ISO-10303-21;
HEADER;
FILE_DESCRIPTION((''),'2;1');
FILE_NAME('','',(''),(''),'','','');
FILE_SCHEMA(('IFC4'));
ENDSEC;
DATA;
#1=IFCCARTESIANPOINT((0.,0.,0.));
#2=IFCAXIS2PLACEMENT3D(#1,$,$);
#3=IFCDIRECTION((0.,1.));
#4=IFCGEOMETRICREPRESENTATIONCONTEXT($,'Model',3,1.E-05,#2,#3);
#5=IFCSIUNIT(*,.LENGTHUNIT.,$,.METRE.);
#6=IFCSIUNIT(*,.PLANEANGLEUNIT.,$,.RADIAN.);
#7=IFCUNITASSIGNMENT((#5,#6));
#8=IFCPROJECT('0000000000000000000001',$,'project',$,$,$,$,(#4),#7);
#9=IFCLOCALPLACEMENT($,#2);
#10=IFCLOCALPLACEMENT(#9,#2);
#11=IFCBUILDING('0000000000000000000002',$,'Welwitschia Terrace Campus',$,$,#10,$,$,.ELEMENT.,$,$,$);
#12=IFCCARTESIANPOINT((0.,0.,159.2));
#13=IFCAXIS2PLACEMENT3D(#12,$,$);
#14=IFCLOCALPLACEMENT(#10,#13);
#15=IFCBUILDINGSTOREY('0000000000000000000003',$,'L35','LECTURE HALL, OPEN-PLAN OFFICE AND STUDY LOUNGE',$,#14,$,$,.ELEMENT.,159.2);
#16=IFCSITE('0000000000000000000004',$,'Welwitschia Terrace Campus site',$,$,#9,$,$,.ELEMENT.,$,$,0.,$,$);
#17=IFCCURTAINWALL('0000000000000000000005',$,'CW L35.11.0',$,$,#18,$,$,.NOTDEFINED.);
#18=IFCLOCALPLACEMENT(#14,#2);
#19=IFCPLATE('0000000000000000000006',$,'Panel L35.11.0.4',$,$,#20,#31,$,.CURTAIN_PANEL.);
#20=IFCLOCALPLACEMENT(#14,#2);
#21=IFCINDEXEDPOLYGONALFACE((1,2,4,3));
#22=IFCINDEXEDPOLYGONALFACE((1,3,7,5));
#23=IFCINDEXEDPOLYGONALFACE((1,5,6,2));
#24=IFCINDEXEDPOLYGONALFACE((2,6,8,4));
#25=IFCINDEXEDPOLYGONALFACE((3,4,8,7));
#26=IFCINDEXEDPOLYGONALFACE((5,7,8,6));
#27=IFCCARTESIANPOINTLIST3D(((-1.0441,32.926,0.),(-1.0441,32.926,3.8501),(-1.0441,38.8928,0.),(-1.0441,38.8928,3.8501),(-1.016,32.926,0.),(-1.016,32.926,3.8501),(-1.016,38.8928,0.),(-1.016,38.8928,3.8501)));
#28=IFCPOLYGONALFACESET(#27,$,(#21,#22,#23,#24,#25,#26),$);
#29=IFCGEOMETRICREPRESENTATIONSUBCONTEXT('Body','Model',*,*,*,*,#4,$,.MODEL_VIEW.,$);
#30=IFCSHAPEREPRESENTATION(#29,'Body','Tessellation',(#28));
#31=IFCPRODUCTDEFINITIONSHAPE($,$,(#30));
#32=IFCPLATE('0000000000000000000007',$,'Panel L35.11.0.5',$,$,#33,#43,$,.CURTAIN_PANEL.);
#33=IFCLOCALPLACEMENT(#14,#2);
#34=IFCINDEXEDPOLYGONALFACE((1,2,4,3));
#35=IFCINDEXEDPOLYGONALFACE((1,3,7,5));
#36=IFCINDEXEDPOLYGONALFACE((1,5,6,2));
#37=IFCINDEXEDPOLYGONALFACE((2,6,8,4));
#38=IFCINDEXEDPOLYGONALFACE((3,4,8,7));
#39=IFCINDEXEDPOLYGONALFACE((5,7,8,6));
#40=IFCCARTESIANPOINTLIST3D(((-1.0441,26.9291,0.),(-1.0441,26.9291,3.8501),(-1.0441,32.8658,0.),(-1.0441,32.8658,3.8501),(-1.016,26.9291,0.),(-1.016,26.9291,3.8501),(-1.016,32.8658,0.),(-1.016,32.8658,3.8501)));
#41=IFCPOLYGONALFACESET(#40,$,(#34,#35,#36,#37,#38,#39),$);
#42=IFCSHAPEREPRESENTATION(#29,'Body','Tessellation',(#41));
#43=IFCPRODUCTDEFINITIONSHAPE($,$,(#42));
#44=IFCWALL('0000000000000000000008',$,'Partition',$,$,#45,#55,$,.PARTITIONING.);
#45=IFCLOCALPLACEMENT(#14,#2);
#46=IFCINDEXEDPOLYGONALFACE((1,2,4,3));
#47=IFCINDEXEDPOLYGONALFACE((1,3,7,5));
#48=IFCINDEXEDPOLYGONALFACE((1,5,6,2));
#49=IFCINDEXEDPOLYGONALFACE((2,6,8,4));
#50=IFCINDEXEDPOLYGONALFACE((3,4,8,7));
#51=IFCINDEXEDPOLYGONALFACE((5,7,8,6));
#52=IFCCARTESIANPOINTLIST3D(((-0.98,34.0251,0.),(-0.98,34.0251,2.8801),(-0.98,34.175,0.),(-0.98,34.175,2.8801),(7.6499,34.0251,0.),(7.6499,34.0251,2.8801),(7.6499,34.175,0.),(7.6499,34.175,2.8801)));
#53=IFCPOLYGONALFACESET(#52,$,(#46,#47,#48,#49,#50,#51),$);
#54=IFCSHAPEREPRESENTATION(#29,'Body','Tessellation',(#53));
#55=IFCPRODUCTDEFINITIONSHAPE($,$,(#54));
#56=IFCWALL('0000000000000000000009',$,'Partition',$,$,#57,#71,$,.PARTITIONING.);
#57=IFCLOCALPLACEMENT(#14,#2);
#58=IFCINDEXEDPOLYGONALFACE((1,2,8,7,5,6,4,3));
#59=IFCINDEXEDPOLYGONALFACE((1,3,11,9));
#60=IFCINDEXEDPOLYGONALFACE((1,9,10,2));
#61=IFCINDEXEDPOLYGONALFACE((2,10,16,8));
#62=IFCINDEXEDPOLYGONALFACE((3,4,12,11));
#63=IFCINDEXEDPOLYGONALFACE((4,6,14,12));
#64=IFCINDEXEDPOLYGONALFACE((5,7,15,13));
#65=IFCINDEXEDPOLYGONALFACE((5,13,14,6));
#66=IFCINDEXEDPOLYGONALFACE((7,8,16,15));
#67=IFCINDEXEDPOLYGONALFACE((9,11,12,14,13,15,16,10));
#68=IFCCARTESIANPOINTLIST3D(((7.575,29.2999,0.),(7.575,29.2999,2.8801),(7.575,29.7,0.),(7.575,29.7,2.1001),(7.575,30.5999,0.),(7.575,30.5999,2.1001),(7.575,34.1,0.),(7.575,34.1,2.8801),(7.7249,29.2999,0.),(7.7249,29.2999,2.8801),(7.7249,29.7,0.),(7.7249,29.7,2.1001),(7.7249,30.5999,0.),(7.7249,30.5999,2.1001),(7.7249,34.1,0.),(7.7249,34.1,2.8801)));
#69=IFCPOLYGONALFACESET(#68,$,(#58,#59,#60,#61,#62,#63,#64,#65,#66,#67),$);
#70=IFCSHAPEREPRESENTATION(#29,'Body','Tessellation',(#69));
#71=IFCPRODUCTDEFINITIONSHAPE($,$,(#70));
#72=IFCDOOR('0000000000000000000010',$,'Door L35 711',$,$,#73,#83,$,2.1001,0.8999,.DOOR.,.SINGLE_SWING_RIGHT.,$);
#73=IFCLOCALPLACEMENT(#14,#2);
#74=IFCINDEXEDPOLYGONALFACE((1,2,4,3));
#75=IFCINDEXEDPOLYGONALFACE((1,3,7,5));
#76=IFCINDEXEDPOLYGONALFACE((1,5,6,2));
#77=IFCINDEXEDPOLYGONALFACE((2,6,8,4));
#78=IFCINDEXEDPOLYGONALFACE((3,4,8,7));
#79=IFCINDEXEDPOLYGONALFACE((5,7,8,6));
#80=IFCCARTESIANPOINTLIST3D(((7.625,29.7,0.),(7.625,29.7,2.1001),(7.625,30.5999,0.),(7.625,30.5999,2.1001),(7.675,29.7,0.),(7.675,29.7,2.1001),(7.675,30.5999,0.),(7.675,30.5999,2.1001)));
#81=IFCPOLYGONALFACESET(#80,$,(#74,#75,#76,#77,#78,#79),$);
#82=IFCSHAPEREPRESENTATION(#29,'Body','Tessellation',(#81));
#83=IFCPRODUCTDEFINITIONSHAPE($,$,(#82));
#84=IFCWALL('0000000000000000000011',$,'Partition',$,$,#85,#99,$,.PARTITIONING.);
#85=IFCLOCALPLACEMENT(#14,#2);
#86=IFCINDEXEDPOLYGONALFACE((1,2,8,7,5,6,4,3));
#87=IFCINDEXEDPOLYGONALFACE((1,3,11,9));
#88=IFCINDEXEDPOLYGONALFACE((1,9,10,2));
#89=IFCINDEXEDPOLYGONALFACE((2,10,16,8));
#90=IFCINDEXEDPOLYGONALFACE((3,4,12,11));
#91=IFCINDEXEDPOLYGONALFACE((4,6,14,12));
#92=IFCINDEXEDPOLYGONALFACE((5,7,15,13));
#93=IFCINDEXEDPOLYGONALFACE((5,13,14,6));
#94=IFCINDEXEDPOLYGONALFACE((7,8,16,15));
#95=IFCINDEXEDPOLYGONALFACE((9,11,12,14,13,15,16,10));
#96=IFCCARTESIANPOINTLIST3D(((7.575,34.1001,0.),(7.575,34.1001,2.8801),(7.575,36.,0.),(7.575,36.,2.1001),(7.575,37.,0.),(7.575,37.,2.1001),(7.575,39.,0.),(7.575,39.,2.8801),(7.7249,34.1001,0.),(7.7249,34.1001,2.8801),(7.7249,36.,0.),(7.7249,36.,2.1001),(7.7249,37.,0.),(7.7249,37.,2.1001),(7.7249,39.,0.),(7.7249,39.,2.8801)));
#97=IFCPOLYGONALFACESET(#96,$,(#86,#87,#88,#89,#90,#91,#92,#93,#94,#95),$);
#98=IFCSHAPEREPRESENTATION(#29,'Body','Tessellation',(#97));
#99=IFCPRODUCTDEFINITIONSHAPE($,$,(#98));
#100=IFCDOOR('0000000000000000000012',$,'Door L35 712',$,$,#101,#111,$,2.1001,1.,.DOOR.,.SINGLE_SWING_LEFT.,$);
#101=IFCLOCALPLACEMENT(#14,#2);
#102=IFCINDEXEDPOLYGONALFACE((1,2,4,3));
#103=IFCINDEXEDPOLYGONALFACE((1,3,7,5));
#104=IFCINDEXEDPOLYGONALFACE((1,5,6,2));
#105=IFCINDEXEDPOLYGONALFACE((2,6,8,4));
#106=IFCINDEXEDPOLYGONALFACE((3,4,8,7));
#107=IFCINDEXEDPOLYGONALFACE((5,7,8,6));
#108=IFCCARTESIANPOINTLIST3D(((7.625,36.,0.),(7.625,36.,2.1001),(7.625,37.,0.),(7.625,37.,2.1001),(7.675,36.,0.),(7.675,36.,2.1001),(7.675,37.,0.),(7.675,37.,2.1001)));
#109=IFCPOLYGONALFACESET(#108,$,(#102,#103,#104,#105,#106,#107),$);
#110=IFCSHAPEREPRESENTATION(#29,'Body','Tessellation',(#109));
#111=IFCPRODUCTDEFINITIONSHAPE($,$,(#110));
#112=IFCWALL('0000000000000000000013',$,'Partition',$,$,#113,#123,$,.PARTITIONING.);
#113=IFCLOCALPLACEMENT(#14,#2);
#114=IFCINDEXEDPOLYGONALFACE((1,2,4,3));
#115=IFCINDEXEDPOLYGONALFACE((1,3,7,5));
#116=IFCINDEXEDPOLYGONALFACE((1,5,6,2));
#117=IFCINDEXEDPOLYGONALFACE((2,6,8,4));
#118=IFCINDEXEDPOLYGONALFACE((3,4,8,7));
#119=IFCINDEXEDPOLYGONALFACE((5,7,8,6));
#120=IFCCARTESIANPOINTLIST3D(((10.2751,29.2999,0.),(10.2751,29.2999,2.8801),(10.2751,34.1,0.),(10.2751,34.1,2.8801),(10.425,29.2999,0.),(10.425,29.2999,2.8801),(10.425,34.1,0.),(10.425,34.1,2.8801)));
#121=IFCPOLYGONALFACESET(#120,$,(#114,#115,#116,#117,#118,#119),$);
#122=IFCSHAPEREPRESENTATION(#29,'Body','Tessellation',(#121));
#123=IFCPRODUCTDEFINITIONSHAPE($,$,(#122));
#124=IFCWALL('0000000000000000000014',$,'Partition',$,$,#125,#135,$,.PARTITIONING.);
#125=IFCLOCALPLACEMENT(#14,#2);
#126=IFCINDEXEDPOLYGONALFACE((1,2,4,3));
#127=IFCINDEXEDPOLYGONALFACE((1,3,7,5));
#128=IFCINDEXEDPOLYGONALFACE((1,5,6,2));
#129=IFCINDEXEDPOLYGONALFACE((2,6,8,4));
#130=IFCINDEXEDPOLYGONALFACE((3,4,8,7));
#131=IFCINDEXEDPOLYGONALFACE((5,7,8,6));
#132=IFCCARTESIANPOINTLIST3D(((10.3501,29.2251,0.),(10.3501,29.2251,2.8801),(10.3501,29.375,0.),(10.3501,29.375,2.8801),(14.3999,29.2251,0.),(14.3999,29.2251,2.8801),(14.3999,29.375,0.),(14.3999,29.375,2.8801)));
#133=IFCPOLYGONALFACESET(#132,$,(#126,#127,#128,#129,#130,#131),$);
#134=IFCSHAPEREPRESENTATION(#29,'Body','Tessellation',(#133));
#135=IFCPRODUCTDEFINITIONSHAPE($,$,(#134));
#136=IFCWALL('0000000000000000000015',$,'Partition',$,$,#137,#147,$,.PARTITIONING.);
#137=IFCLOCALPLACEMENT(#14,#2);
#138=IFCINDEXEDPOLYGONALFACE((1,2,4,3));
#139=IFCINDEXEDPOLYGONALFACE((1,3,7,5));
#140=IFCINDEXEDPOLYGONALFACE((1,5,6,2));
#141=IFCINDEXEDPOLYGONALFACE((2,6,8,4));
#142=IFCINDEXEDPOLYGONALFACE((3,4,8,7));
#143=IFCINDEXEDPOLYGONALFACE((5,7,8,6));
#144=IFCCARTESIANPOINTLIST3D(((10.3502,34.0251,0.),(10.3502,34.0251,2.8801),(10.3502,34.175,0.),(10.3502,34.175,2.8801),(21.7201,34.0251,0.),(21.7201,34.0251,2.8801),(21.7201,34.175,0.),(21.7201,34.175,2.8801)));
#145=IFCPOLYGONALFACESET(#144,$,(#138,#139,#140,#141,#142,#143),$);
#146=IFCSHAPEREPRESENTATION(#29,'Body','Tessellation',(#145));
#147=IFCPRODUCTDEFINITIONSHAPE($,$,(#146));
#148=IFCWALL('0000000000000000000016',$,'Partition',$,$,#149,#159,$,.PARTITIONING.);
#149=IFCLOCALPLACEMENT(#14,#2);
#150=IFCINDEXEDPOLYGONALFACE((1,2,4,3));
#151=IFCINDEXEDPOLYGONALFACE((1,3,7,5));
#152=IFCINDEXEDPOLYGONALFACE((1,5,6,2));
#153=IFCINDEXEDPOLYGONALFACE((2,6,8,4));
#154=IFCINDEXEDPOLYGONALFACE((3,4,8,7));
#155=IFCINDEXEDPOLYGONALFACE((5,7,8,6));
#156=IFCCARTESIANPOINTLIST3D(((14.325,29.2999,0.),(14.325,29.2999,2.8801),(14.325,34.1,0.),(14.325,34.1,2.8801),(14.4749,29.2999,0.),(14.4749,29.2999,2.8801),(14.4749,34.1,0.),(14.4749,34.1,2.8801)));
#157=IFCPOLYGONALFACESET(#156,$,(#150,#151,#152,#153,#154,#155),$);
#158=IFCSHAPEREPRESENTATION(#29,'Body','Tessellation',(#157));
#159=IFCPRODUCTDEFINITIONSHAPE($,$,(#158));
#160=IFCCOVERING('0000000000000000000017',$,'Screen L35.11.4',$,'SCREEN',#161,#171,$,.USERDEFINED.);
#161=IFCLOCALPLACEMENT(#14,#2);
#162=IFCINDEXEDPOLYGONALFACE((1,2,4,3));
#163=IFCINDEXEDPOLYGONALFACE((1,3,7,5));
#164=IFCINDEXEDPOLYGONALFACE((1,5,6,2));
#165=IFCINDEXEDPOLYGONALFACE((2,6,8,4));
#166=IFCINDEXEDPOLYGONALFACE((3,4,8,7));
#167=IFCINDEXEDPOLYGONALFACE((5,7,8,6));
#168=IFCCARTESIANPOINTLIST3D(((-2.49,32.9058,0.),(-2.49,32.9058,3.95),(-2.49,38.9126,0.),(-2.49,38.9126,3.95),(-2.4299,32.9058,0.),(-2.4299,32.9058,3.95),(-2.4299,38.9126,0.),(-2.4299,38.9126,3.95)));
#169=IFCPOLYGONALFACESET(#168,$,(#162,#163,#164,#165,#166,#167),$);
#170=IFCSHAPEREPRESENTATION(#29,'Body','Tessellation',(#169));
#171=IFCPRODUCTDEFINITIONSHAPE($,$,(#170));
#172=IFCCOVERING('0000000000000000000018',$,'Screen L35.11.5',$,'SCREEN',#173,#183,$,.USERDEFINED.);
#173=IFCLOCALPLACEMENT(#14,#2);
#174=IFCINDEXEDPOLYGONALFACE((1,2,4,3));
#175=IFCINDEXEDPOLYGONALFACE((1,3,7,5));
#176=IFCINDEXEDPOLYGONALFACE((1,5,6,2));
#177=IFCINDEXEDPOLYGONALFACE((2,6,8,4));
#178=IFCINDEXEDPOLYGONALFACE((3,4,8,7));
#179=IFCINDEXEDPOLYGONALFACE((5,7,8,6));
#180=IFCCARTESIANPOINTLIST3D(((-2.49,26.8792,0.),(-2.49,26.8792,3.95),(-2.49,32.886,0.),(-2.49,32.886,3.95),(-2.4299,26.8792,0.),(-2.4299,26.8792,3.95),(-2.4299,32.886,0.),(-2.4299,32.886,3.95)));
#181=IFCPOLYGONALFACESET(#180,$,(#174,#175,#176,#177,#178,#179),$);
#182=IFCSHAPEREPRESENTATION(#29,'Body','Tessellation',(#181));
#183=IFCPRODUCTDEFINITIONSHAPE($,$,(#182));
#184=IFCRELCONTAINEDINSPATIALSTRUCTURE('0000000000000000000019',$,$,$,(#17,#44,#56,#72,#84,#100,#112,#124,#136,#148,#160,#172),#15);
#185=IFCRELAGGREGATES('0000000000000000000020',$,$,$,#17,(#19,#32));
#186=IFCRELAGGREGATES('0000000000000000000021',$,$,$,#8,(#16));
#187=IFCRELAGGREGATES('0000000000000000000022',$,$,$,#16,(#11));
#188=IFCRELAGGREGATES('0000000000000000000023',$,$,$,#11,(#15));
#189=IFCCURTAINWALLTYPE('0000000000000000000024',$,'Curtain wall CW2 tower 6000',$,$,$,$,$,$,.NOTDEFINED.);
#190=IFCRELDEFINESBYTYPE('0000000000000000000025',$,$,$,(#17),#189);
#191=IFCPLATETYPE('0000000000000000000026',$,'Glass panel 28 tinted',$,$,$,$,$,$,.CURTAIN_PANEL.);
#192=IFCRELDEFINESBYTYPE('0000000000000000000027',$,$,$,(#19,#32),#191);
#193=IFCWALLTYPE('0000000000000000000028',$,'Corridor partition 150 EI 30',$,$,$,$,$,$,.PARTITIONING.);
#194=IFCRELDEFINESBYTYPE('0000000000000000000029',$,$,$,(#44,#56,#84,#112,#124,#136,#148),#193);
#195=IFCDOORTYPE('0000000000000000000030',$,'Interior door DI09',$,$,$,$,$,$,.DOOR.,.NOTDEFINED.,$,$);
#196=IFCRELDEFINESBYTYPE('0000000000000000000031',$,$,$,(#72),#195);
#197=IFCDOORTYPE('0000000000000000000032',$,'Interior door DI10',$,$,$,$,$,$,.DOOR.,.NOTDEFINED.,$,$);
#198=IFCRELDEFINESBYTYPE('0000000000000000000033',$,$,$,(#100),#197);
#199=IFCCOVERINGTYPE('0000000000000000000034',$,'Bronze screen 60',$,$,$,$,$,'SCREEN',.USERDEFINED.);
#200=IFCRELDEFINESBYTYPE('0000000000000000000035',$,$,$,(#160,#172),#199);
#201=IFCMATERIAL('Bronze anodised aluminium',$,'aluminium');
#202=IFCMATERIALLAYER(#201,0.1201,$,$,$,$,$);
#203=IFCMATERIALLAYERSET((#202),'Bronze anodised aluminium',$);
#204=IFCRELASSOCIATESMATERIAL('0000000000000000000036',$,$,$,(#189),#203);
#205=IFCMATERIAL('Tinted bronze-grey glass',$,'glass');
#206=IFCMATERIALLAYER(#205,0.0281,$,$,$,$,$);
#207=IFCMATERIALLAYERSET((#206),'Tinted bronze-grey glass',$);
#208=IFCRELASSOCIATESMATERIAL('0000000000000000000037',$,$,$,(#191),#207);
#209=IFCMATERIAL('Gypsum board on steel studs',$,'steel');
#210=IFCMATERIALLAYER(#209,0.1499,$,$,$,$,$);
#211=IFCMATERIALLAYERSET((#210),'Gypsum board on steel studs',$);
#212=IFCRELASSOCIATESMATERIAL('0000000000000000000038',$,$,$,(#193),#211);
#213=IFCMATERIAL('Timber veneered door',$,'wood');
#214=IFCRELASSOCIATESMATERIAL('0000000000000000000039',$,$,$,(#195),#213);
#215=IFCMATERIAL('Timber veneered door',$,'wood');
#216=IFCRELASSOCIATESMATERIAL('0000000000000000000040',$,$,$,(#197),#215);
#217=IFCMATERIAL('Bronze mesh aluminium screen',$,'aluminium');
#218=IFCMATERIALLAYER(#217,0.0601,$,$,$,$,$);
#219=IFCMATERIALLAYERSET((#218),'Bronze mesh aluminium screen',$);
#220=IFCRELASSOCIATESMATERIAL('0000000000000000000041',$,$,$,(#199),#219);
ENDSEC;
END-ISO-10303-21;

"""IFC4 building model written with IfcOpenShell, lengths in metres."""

from ifc_helpers import new_model, si_unit, direction, frame, frame_2d, origin, origin_2d, place, context, subcontext, project, spatial, rectangle, extrude, material, layer, layer_set, type_object, element, fill, aggregate, save


model = new_model("IFC4")

# Units and contexts
model_context = context("Model", 3, precision=1e-05, world=origin(), true_north=direction((0.0, 1.0)))
body_context = subcontext(model_context, "Body", "Model", "MODEL_VIEW")
ifc_project = project(units=[si_unit("LENGTHUNIT", "METRE"), si_unit("PLANEANGLEUNIT", "RADIAN")], contexts=[model_context])

# Site, building, storey
site_placement = place(None, origin())
site = spatial("IfcSite", under=ifc_project, at=site_placement, Name="Welwitschia Terrace Campus site", CompositionType="ELEMENT", RefElevation=0.0)
building_placement = place(site_placement, origin())
building = spatial("IfcBuilding", under=site, at=building_placement, Name="Welwitschia Terrace Campus", CompositionType="ELEMENT")
storey_placement = place(building_placement, frame((0.0, 0.0, 159.2)))
storey = spatial("IfcBuildingStorey", under=building, at=storey_placement, Name="L35", Description="LECTURE HALL, OPEN-PLAN OFFICE AND STUDY LOUNGE", CompositionType="ELEMENT", Elevation=159.2)

# Curtain wall
ifc_material_1 = material(Name="Bronze anodised aluminium", Category="aluminium")
ifc_layer_1 = layer(ifc_material_1, 0.1201)
ifc_layer_set_1 = layer_set([ifc_layer_1], Name="Bronze anodised aluminium")
curtain_wall_type = type_object("IfcCurtainWallType", Name="Curtain wall CW2 tower 6000", PredefinedType="NOTDEFINED", material=ifc_layer_set_1)
curtain_wall_placement = place(storey_placement, origin())
curtain_wall = element("IfcCurtainWall", 1, at=curtain_wall_placement, inside=storey, type_object=curtain_wall_type, Name="CW L35.11.0", PredefinedType="NOTDEFINED")

# Plates
ifc_material_2 = material(Name="Tinted bronze-grey glass", Category="glass")
ifc_layer_2 = layer(ifc_material_2, 0.0281)
ifc_layer_set_2 = layer_set([ifc_layer_2], Name="Tinted bronze-grey glass")
plate_type = type_object("IfcPlateType", Name="Glass panel 28 tinted", PredefinedType="CURTAIN_PANEL", material=ifc_layer_set_2)
plate_1_placement = place(storey_placement, frame((-1.03, 35.9094, 0.0), z_axis=(0.0, 0.0, 1.0), x_axis=(0.0, -1.0, 0.0)))
plate_1 = element("IfcPlate", 2, at=plate_1_placement, type_object=plate_type, Name="Panel L35.11.0.4", PredefinedType="CURTAIN_PANEL", context=body_context, shape_type="SweptSolid", body=[
    extrude(rectangle(XDim=5.9668, YDim=0.0281, at=origin_2d()), origin(), (0.0, 0.0, 1.0), 3.8501),
])
plate_2_placement = place(storey_placement, frame((-1.03, 29.8975, 0.0), z_axis=(0.0, 0.0, 1.0), x_axis=(0.0, -1.0, 0.0)))
plate_2 = element("IfcPlate", 3, at=plate_2_placement, type_object=plate_type, Name="Panel L35.11.0.5", PredefinedType="CURTAIN_PANEL", context=body_context, shape_type="SweptSolid", body=[
    extrude(rectangle(XDim=5.9368, YDim=0.0281, at=origin_2d()), origin(), (0.0, 0.0, 1.0), 3.8501),
])
aggregate(curtain_wall, [plate_1, plate_2])

# Wall
ifc_material_3 = material(Name="Gypsum board on steel studs", Category="steel")
ifc_layer_3 = layer(ifc_material_3, 0.1499)
ifc_layer_set_3 = layer_set([ifc_layer_3], Name="Gypsum board on steel studs")
wall_type = type_object("IfcWallType", Name="Corridor partition 150 EI 30", PredefinedType="PARTITIONING", material=ifc_layer_set_3)
wall_1_placement = place(storey_placement, frame((-0.98, 34.1001, 0.0), z_axis=(0.0, 0.0, 1.0), x_axis=(1.0, 0.0, 0.0)))
element("IfcWall", 4, at=wall_1_placement, inside=storey, type_object=wall_type, Name="Partition", PredefinedType="PARTITIONING", context=body_context, shape_type="SweptSolid", body=[
    extrude(rectangle(XDim=8.6299, YDim=0.1499, at=frame_2d((4.3149, 0.0))), origin(), (0.0, 0.0, 1.0), 2.8801),
])

# Walls, openings, doors
wall_2_placement = place(storey_placement, frame((7.6499, 29.3, 0.0), z_axis=(0.0, 0.0, 1.0), x_axis=(0.0, 1.0, 0.0)))
wall_2 = element("IfcWall", 5, at=wall_2_placement, inside=storey, type_object=wall_type, Name="Partition", PredefinedType="PARTITIONING", context=body_context, shape_type="SweptSolid", body=[
    extrude(rectangle(XDim=4.8, YDim=0.1499, at=frame_2d((2.3999, 0.0))), origin(), (0.0, 0.0, 1.0), 2.8801),
])
opening_1_placement = place(wall_2_placement, frame((0.3999, 0.0, 0.0)))
opening_1 = element("IfcOpeningElement", 6, at=opening_1_placement, cuts=wall_2, PredefinedType="OPENING", context=body_context, shape_type="SweptSolid", body=[
    extrude(rectangle(XDim=0.8999, YDim=2.1001, at=frame_2d((0.45, 1.05))), frame((0.0, 0.085, 0.0), z_axis=(0.0, -1.0, 0.0), x_axis=(1.0, 0.0, 0.0)), (0.0, 0.0, 1.0), 0.1699),
])
ifc_material_4 = material(Name="Timber veneered door", Category="wood")
door_type_1 = type_object("IfcDoorType", Name="Interior door DI09", OperationType="NOTDEFINED", PredefinedType="DOOR", material=ifc_material_4)
door_1_placement = place(opening_1_placement, origin())
door_1 = element("IfcDoor", 7, at=door_1_placement, inside=storey, type_object=door_type_1, Name="Door L35 711", OperationType="SINGLE_SWING_RIGHT", OverallHeight=2.1001, OverallWidth=0.8999, PredefinedType="DOOR", context=body_context, shape_type="SweptSolid", body=[
    extrude(rectangle(XDim=0.8999, YDim=2.1001, at=frame_2d((0.45, 1.05))), frame((0.0, 0.0249, 0.0), z_axis=(0.0, -1.0, 0.0), x_axis=(1.0, 0.0, 0.0)), (0.0, 0.0, 1.0), 0.05),
])
fill(opening_1, door_1)
wall_3_placement = place(storey_placement, frame((7.6499, 34.1001, 0.0), z_axis=(0.0, 0.0, 1.0), x_axis=(0.0, 1.0, 0.0)))
wall_3 = element("IfcWall", 8, at=wall_3_placement, inside=storey, type_object=wall_type, Name="Partition", PredefinedType="PARTITIONING", context=body_context, shape_type="SweptSolid", body=[
    extrude(rectangle(XDim=4.8999, YDim=0.1499, at=frame_2d((2.45, 0.0))), origin(), (0.0, 0.0, 1.0), 2.8801),
])
opening_2_placement = place(wall_3_placement, frame((1.8999, 0.0, 0.0)))
opening_2 = element("IfcOpeningElement", 9, at=opening_2_placement, cuts=wall_3, PredefinedType="OPENING", context=body_context, shape_type="SweptSolid", body=[
    extrude(rectangle(XDim=1.0, YDim=2.1001, at=frame_2d((0.5, 1.05))), frame((0.0, 0.085, 0.0), z_axis=(0.0, -1.0, 0.0), x_axis=(1.0, 0.0, 0.0)), (0.0, 0.0, 1.0), 0.1699),
])
ifc_material_5 = material(Name="Timber veneered door", Category="wood")
door_type_2 = type_object("IfcDoorType", Name="Interior door DI10", OperationType="NOTDEFINED", PredefinedType="DOOR", material=ifc_material_5)
door_2_placement = place(opening_2_placement, origin())
door_2 = element("IfcDoor", 10, at=door_2_placement, inside=storey, type_object=door_type_2, Name="Door L35 712", OperationType="SINGLE_SWING_LEFT", OverallHeight=2.1001, OverallWidth=1.0, PredefinedType="DOOR", context=body_context, shape_type="SweptSolid", body=[
    extrude(rectangle(XDim=1.0, YDim=2.1001, at=frame_2d((0.5, 1.05))), frame((0.0, 0.0249, 0.0), z_axis=(0.0, -1.0, 0.0), x_axis=(1.0, 0.0, 0.0)), (0.0, 0.0, 1.0), 0.05),
])
fill(opening_2, door_2)

# Walls
wall_4_placement = place(storey_placement, frame((10.3501, 29.3, 0.0), z_axis=(0.0, 0.0, 1.0), x_axis=(0.0, 1.0, 0.0)))
element("IfcWall", 11, at=wall_4_placement, inside=storey, type_object=wall_type, Name="Partition", PredefinedType="PARTITIONING", context=body_context, shape_type="SweptSolid", body=[
    extrude(rectangle(XDim=4.8, YDim=0.1499, at=frame_2d((2.3999, 0.0))), origin(), (0.0, 0.0, 1.0), 2.8801),
])
wall_5_placement = place(storey_placement, frame((10.3501, 29.3, 0.0), z_axis=(0.0, 0.0, 1.0), x_axis=(1.0, 0.0, 0.0)))
element("IfcWall", 12, at=wall_5_placement, inside=storey, type_object=wall_type, Name="Partition", PredefinedType="PARTITIONING", context=body_context, shape_type="SweptSolid", body=[
    extrude(rectangle(XDim=4.0498, YDim=0.1499, at=frame_2d((2.0249, 0.0))), origin(), (0.0, 0.0, 1.0), 2.8801),
])
wall_6_placement = place(storey_placement, frame((10.3501, 34.1001, 0.0), z_axis=(0.0, 0.0, 1.0), x_axis=(1.0, 0.0, 0.0)))
element("IfcWall", 13, at=wall_6_placement, inside=storey, type_object=wall_type, Name="Partition", PredefinedType="PARTITIONING", context=body_context, shape_type="SweptSolid", body=[
    extrude(rectangle(XDim=11.3699, YDim=0.1499, at=frame_2d((5.6851, 0.0))), origin(), (0.0, 0.0, 1.0), 2.8801),
])
wall_7_placement = place(storey_placement, frame((14.3999, 29.3, 0.0), z_axis=(0.0, 0.0, 1.0), x_axis=(0.0, 1.0, 0.0)))
element("IfcWall", 14, at=wall_7_placement, inside=storey, type_object=wall_type, Name="Partition", PredefinedType="PARTITIONING", context=body_context, shape_type="SweptSolid", body=[
    extrude(rectangle(XDim=4.8, YDim=0.1499, at=frame_2d((2.3999, 0.0))), origin(), (0.0, 0.0, 1.0), 2.8801),
])

# Coverings
ifc_material_6 = material(Name="Bronze mesh aluminium screen", Category="aluminium")
ifc_layer_4 = layer(ifc_material_6, 0.0601)
ifc_layer_set_4 = layer_set([ifc_layer_4], Name="Bronze mesh aluminium screen")
covering_type = type_object("IfcCoveringType", Name="Bronze screen 60", ElementType="SCREEN", PredefinedType="USERDEFINED", material=ifc_layer_set_4)
for number, where, z_axis, x_axis, name in (
    (15, (-2.46, 35.9092, 0.0), (0.0, 0.0, 1.0), (0.0, -1.0, 0.0), "Screen L35.11.4"),
    (16, (-2.46, 29.8826, 0.0), (0.0, 0.0, 1.0), (0.0, -1.0, 0.0), "Screen L35.11.5"),
):
    element("IfcCovering", number, at=place(storey_placement, frame(where, z_axis=z_axis, x_axis=x_axis)), inside=storey, type_object=covering_type, Name=name, ObjectType="SCREEN", PredefinedType="USERDEFINED", context=body_context, shape_type="SweptSolid", body=[
        extrude(rectangle(XDim=6.0068, YDim=0.0601, at=origin_2d()), origin(), (0.0, 0.0, 1.0), 3.95),
    ])

save(model, "model.ifc")
